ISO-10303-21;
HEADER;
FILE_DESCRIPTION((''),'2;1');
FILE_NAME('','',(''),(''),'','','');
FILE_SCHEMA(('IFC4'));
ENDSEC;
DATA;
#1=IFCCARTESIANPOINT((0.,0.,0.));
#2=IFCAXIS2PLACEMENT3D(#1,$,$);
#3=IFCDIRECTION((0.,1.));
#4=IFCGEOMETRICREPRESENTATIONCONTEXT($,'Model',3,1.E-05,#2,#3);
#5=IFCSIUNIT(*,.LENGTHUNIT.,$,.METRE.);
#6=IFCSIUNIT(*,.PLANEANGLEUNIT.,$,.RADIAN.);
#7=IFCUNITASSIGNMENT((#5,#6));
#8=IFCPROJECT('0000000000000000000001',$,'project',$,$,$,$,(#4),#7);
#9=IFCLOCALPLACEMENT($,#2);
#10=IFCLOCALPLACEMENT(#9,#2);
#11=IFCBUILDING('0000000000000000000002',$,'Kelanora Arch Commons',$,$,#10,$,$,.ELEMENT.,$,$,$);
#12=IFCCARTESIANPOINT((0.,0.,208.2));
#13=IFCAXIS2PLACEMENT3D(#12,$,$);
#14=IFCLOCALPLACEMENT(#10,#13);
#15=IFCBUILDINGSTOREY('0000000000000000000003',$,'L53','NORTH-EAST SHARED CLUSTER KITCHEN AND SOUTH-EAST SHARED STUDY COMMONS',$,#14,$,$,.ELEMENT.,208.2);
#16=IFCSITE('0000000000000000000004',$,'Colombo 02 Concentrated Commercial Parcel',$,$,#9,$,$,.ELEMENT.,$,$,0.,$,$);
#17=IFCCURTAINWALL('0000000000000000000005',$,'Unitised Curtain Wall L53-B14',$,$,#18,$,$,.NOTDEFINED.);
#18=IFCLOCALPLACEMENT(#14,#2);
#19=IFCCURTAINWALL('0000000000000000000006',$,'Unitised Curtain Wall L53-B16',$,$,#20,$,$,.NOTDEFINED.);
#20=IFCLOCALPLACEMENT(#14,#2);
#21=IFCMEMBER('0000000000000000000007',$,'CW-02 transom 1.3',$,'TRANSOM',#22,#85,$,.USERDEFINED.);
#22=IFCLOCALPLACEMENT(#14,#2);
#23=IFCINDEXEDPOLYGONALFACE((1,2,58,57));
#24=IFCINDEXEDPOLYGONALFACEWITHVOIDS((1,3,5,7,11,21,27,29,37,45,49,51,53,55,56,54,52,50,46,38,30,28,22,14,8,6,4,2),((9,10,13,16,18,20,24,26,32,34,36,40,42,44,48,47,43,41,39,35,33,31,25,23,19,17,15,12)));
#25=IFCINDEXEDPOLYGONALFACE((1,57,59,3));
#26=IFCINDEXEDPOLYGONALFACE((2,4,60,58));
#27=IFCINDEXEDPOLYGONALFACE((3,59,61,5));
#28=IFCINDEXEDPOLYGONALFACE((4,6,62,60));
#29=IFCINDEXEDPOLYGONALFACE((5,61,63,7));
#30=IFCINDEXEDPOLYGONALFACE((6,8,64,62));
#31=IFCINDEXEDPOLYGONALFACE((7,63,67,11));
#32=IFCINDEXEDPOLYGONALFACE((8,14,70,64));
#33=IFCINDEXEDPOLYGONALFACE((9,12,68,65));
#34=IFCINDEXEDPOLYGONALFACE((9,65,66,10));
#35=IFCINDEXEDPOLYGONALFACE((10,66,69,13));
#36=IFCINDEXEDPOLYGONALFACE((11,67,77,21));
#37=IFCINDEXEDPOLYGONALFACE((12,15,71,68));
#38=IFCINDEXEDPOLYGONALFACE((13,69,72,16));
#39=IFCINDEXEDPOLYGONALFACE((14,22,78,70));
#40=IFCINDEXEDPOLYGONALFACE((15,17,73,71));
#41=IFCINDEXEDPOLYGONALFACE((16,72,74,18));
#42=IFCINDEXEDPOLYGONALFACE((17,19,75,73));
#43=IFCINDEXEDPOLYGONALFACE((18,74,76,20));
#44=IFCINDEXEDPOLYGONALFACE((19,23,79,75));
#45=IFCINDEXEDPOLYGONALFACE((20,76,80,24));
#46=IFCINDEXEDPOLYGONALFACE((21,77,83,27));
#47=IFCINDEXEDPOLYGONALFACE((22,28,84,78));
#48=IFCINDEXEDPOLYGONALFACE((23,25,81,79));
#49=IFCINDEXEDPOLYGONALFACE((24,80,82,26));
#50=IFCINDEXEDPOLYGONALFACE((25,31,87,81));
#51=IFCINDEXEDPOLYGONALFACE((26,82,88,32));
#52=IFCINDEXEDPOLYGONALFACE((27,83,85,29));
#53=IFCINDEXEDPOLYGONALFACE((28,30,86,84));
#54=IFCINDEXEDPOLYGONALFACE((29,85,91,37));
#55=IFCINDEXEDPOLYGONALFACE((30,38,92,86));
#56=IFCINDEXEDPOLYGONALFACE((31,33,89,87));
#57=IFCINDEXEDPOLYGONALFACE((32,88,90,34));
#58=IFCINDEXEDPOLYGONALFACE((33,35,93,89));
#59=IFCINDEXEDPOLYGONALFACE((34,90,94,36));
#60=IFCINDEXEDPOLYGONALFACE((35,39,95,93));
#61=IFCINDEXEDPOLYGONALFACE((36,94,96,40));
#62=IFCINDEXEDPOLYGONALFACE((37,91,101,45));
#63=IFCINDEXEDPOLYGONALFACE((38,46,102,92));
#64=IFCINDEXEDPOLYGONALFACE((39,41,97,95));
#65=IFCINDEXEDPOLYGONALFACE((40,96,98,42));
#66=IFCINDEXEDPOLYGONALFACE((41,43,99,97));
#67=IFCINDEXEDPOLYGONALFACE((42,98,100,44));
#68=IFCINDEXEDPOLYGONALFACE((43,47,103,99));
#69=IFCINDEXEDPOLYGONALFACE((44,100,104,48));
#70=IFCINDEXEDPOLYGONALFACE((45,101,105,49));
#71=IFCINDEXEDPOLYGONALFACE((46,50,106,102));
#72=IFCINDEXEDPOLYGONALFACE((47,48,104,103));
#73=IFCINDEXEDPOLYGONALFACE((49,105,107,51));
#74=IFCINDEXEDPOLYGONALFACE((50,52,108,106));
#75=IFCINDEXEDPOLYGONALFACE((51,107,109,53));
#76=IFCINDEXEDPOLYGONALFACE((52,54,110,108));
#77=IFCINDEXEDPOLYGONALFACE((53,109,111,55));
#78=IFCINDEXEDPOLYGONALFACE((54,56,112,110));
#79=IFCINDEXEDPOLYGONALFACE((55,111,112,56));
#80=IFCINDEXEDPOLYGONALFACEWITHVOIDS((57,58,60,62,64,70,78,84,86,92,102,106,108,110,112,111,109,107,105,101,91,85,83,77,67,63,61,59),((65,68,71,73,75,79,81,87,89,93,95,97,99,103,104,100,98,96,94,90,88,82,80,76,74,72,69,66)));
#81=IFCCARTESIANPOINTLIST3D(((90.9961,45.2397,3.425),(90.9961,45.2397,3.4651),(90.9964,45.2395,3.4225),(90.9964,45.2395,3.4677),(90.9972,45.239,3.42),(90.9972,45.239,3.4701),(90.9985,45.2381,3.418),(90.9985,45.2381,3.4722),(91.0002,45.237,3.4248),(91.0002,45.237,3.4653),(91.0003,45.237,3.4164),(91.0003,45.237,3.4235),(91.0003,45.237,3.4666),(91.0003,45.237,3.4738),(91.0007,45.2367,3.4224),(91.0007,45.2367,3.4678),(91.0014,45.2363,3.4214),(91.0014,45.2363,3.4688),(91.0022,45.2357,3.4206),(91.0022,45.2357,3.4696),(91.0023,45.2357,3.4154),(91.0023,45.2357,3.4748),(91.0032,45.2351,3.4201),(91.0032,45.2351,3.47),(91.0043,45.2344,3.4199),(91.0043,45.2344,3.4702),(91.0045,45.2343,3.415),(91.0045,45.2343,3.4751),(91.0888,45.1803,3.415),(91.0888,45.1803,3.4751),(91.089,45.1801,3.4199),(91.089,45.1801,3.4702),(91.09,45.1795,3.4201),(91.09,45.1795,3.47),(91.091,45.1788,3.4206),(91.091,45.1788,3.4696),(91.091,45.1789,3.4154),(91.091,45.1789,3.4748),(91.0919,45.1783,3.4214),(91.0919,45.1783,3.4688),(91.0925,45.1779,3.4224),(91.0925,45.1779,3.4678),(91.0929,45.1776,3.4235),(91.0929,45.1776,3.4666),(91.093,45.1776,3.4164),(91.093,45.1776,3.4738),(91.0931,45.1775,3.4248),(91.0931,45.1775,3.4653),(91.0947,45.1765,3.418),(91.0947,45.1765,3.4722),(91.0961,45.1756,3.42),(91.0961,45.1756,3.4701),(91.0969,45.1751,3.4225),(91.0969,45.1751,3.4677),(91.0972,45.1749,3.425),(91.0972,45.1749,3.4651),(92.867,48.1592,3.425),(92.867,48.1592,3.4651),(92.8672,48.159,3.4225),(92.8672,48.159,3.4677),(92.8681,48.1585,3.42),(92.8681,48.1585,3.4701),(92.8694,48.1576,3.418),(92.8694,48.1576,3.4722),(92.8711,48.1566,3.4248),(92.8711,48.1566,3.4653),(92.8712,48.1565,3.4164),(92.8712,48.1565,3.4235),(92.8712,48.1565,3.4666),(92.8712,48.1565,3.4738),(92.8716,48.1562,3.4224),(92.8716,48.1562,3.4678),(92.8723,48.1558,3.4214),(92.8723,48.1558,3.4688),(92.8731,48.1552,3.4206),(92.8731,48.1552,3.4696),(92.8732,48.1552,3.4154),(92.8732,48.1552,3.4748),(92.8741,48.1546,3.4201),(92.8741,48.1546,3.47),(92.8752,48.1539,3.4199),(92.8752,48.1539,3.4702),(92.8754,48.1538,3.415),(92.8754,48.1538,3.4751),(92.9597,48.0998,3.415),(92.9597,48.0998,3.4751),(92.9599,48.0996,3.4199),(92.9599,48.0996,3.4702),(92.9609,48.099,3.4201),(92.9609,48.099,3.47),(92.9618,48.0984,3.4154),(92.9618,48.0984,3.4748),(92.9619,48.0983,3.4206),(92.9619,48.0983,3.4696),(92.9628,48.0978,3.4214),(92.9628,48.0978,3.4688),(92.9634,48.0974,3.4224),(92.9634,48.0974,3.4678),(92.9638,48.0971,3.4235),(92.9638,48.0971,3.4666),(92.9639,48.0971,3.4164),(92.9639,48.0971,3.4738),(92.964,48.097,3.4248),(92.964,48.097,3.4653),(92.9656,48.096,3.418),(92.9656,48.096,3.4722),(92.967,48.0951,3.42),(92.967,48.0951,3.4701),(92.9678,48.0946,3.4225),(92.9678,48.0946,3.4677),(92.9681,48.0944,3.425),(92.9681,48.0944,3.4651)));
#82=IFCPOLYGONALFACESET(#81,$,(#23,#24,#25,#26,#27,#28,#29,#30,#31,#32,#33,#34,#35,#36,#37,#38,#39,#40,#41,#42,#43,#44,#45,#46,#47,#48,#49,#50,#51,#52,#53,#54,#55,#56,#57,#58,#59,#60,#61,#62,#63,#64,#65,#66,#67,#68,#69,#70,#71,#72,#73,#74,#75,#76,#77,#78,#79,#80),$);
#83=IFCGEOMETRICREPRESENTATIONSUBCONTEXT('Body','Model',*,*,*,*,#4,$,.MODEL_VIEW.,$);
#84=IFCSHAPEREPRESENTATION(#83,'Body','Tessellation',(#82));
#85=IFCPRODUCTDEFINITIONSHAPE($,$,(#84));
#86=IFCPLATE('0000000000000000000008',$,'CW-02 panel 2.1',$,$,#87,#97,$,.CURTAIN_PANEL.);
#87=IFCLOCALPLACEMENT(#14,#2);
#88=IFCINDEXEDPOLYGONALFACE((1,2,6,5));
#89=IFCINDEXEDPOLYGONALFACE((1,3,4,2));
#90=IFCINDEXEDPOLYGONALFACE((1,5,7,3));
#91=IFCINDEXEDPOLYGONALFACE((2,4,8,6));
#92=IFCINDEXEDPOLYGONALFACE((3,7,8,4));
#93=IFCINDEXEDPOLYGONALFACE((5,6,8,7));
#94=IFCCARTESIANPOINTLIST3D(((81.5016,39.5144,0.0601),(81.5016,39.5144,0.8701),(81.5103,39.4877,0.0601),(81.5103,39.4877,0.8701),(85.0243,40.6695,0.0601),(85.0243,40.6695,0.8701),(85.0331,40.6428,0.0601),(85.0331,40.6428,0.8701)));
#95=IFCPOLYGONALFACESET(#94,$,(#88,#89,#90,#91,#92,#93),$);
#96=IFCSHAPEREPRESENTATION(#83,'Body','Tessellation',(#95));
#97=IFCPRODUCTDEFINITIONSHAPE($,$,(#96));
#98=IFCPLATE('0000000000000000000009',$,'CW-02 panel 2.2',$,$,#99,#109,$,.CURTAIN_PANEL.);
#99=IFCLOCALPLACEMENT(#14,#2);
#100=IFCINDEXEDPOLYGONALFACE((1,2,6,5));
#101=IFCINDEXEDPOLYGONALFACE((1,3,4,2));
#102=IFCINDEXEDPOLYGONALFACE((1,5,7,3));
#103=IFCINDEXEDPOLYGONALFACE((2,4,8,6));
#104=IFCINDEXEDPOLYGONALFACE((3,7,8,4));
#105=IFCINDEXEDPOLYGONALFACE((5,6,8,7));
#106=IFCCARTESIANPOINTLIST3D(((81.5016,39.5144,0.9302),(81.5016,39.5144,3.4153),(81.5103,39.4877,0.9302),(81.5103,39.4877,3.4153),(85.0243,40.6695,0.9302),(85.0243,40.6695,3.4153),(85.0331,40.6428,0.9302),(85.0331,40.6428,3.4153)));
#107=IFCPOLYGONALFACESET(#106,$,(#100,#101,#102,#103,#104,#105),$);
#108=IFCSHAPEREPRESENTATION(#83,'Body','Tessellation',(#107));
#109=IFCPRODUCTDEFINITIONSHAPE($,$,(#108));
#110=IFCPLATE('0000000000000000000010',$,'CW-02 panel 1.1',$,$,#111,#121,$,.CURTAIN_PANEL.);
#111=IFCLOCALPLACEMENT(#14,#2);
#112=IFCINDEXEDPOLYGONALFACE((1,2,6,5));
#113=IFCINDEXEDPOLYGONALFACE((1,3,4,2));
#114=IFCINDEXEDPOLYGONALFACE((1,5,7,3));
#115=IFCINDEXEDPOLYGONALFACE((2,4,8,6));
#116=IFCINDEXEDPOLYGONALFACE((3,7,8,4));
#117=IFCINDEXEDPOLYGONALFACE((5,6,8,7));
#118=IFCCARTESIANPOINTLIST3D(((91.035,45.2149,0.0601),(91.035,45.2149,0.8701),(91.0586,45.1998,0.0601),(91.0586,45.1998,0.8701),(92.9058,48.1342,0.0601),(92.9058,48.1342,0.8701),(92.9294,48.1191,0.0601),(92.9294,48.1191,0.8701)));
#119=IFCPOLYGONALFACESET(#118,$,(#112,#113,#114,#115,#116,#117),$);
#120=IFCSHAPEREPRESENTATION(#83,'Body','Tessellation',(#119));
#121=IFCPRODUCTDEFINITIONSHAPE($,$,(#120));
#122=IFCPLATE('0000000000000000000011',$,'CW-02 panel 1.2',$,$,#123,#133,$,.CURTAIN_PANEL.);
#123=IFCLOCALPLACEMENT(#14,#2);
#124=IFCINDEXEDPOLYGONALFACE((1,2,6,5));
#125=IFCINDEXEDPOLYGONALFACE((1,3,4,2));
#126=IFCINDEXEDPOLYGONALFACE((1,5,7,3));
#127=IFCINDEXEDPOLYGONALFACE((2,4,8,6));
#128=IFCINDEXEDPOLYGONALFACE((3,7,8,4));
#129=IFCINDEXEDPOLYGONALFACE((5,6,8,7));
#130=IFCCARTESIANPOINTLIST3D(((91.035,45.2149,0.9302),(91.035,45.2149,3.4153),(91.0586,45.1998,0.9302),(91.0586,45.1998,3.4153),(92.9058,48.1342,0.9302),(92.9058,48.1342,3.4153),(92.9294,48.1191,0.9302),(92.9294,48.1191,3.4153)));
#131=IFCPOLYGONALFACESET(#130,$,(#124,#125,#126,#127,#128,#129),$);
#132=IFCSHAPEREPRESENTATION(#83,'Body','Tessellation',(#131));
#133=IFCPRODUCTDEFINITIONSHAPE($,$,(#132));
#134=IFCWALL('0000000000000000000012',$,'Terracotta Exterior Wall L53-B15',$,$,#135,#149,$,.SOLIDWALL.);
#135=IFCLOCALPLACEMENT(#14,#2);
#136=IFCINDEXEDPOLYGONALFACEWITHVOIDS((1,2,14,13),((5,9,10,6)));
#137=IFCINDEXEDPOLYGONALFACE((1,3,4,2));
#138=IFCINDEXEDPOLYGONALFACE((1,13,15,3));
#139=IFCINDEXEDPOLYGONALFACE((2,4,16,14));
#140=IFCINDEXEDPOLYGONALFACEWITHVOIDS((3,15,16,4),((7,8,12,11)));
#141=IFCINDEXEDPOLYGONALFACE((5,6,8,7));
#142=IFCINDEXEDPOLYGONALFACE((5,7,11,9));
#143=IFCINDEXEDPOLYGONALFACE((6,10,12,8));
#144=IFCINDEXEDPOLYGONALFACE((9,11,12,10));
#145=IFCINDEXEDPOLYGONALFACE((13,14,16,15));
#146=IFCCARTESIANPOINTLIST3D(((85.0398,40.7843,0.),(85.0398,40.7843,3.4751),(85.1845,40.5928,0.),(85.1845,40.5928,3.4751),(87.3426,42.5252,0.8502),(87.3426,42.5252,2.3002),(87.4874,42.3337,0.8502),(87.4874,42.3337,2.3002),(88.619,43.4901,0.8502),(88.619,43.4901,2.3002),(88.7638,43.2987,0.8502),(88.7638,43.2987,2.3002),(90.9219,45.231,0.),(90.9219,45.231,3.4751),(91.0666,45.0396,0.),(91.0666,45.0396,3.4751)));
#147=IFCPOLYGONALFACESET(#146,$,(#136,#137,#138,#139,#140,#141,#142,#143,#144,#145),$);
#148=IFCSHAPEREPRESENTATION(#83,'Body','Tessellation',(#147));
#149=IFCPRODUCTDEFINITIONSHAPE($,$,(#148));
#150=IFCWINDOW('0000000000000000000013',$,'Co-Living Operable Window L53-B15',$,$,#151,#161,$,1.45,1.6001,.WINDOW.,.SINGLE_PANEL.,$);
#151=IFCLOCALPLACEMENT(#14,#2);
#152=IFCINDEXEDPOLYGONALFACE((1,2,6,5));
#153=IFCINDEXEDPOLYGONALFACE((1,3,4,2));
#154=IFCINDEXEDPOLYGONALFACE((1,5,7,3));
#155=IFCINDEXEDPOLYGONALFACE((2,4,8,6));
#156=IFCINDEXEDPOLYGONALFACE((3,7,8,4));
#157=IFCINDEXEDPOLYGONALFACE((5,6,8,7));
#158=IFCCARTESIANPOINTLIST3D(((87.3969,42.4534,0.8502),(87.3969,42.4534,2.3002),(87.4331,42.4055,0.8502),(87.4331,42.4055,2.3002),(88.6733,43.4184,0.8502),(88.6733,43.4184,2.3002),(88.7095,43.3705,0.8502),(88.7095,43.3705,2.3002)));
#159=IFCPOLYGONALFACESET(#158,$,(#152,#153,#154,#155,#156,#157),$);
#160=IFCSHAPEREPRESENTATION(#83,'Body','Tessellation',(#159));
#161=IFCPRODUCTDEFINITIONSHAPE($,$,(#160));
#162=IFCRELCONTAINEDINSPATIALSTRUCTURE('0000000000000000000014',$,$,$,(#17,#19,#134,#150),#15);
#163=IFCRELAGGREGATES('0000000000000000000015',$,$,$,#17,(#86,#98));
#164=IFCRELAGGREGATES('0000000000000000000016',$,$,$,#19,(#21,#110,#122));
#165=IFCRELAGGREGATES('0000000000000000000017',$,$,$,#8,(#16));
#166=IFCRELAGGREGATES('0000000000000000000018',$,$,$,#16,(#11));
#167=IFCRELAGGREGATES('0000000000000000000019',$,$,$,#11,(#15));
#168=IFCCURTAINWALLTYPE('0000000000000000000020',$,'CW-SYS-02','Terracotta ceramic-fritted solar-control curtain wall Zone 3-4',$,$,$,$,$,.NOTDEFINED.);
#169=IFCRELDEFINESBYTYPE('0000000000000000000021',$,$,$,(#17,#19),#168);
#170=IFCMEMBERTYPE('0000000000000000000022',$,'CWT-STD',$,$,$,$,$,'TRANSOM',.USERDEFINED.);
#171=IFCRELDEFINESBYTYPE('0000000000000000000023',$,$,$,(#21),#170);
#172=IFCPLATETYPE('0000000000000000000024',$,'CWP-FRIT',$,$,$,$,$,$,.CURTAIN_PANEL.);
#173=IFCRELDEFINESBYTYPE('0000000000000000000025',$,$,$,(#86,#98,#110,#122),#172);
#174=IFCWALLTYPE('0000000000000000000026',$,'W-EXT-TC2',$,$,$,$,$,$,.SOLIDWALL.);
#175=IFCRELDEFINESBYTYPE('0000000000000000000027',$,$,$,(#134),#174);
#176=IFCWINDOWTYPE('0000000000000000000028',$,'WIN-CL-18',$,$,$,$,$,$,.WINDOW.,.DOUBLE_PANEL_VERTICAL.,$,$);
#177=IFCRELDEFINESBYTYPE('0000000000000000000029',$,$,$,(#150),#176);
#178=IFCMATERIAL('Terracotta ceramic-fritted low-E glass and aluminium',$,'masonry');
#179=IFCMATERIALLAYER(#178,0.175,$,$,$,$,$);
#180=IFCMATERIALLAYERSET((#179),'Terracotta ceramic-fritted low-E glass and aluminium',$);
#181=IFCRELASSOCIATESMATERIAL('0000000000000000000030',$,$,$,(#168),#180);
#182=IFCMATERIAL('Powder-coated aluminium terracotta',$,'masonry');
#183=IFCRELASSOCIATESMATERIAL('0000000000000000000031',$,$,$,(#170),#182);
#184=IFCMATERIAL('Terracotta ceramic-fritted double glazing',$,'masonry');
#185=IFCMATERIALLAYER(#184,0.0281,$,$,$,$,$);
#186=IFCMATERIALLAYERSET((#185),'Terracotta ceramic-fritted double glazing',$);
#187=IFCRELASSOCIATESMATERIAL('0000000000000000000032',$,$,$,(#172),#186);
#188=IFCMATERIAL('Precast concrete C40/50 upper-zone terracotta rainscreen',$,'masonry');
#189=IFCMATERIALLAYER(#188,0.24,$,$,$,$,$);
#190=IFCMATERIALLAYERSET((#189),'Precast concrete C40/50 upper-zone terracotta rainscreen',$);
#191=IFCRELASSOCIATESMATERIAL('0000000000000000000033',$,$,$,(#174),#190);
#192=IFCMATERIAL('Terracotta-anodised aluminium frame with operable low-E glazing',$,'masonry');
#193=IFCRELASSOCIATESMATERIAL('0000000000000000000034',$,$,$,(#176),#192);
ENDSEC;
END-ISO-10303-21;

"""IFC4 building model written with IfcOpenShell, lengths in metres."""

from ifc_helpers import new_model, si_unit, direction, frame, frame_2d, origin, origin_2d, place, context, subcontext, project, spatial, rectangle, hollow_rectangle, extrude, source, transform, mapped, material, layer, layer_set, material_profile, profile_set, type_object, element, fill, aggregate, save


model = new_model("IFC4")

# Units and contexts
model_context = context("Model", 3, precision=1e-05, world=origin(), true_north=direction((0.0, 1.0)))
body_context = subcontext(model_context, "Body", "Model", "MODEL_VIEW")
ifc_project = project(units=[si_unit("LENGTHUNIT", "METRE"), si_unit("PLANEANGLEUNIT", "RADIAN")], contexts=[model_context])

# Site, building, storey
site_placement = place(None, origin())
site = spatial("IfcSite", under=ifc_project, at=site_placement, Name="Colombo 02 Concentrated Commercial Parcel", CompositionType="ELEMENT", RefElevation=0.0)
building_placement = place(site_placement, origin())
building = spatial("IfcBuilding", under=site, at=building_placement, Name="Kelanora Arch Commons", CompositionType="ELEMENT")
storey_placement = place(building_placement, frame((0.0, 0.0, 208.2)))
storey = spatial("IfcBuildingStorey", under=building, at=storey_placement, Name="L53", Description="NORTH-EAST SHARED CLUSTER KITCHEN AND SOUTH-EAST SHARED STUDY COMMONS", CompositionType="ELEMENT", Elevation=208.2)

# Curtain wall
ifc_material_1 = material(Name="Terracotta ceramic-fritted low-E glass and aluminium", Category="masonry")
ifc_layer_1 = layer(ifc_material_1, 0.175)
ifc_layer_set_1 = layer_set([ifc_layer_1], Name="Terracotta ceramic-fritted low-E glass and aluminium")
curtain_wall_type = type_object("IfcCurtainWallType", Name="CW-SYS-02", Description="Terracotta ceramic-fritted solar-control curtain wall Zone 3-4", PredefinedType="NOTDEFINED", material=ifc_layer_set_1)
curtain_wall_1_placement = place(storey_placement, origin())
curtain_wall_1 = element("IfcCurtainWall", 1, at=curtain_wall_1_placement, inside=storey, type_object=curtain_wall_type, Name="Unitised Curtain Wall L53-B14", PredefinedType="NOTDEFINED")
ifc_material_2 = material(Name="Powder-coated aluminium terracotta", Category="masonry")

# Curtain wall, member
curtain_wall_2_placement = place(storey_placement, origin())
curtain_wall_2 = element("IfcCurtainWall", 2, at=curtain_wall_2_placement, inside=storey, type_object=curtain_wall_type, Name="Unitised Curtain Wall L53-B16", PredefinedType="NOTDEFINED")
ifc_material_profile_1 = material_profile(ifc_material_2, hollow_rectangle(XDim=0.1201, YDim=0.0601, WallThickness=0.0049, InnerFilletRadius=0.0049, OuterFilletRadius=0.01, at=origin_2d()), Name="CWT120x60")
ifc_profile_set_1 = profile_set([ifc_material_profile_1], Name="Powder-coated aluminium terracotta")
member_type_1 = type_object("IfcMemberType", Name="CWT-STD", ElementType="TRANSOM", PredefinedType="USERDEFINED", material=ifc_profile_set_1)
member_1_placement = place(storey_placement, frame((91.0466, 45.2073, 3.4451), z_axis=(0.539547, 0.841955, 0.0), x_axis=(-0.841955, 0.539547, 0.0)))
member_1 = element("IfcMember", 3, at=member_1_placement, type_object=member_type_1, Name="CW-02 transom 1.3", ObjectType="TRANSOM", PredefinedType="USERDEFINED", context=body_context, shape_type="SweptSolid", body=[
    extrude(hollow_rectangle(XDim=0.1201, YDim=0.0601, WallThickness=0.0049, InnerFilletRadius=0.0049, OuterFilletRadius=0.01, at=origin_2d()), origin(), (0.0, 0.0, 1.0), 3.4675),
])

# Plates
ifc_material_3 = material(Name="Terracotta ceramic-fritted double glazing", Category="masonry")
ifc_layer_2 = layer(ifc_material_3, 0.0281)
ifc_layer_set_2 = layer_set([ifc_layer_2], Name="Terracotta ceramic-fritted double glazing")
plate_type = type_object("IfcPlateType", Name="CWP-FRIT", PredefinedType="CURTAIN_PANEL", material=ifc_layer_set_2)
shared_shape_1 = source(origin(), body_context, "Body", "SweptSolid", [
    extrude(rectangle(XDim=3.7073, YDim=0.0281, at=origin_2d()), origin(), (0.0, 0.0, 1.0), 0.8101),
])
plate_1_placement = place(storey_placement, frame((83.2673, 40.0786, 0.0601), z_axis=(0.0, 0.0, 1.0), x_axis=(0.950219, 0.311582, 0.0)))
plate_1 = element("IfcPlate", 4, at=plate_1_placement, type_object=plate_type, Name="CW-02 panel 2.1", PredefinedType="CURTAIN_PANEL", context=body_context, shape_type="MappedRepresentation", body=[
    mapped(shared_shape_1, transform((0.0, 0.0, 0.0), scale=1.0)),
])
shared_shape_2 = source(origin(), body_context, "Body", "SweptSolid", [
    extrude(rectangle(XDim=3.7073, YDim=0.0281, at=origin_2d()), origin(), (0.0, 0.0, 1.0), 2.4851),
])
plate_2_placement = place(storey_placement, frame((83.2673, 40.0786, 0.9302), z_axis=(0.0, 0.0, 1.0), x_axis=(0.950219, 0.311582, 0.0)))
plate_2 = element("IfcPlate", 5, at=plate_2_placement, type_object=plate_type, Name="CW-02 panel 2.2", PredefinedType="CURTAIN_PANEL", context=body_context, shape_type="MappedRepresentation", body=[
    mapped(shared_shape_2, transform((0.0, 0.0, 0.0), scale=1.0)),
])
aggregate(curtain_wall_1, [plate_1, plate_2])
shared_shape_3 = source(origin(), body_context, "Body", "SweptSolid", [
    extrude(rectangle(XDim=3.4673, YDim=0.0281, at=origin_2d()), origin(), (0.0, 0.0, 1.0), 0.8101),
])
plate_3_placement = place(storey_placement, frame((91.9822, 46.667, 0.0601), z_axis=(0.0, 0.0, 1.0), x_axis=(0.539559, 0.841948, 0.0)))
plate_3 = element("IfcPlate", 6, at=plate_3_placement, type_object=plate_type, Name="CW-02 panel 1.1", PredefinedType="CURTAIN_PANEL", context=body_context, shape_type="MappedRepresentation", body=[
    mapped(shared_shape_3, transform((0.0, 0.0, 0.0), scale=1.0)),
])
shared_shape_4 = source(origin(), body_context, "Body", "SweptSolid", [
    extrude(rectangle(XDim=3.4673, YDim=0.0281, at=origin_2d()), origin(), (0.0, 0.0, 1.0), 2.4851),
])
plate_4_placement = place(storey_placement, frame((91.9822, 46.667, 0.9302), z_axis=(0.0, 0.0, 1.0), x_axis=(0.539559, 0.841948, 0.0)))
plate_4 = element("IfcPlate", 7, at=plate_4_placement, type_object=plate_type, Name="CW-02 panel 1.2", PredefinedType="CURTAIN_PANEL", context=body_context, shape_type="MappedRepresentation", body=[
    mapped(shared_shape_4, transform((0.0, 0.0, 0.0), scale=1.0)),
])
aggregate(curtain_wall_2, [member_1, plate_3, plate_4])

# Wall, opening, window
ifc_material_4 = material(Name="Precast concrete C40/50 upper-zone terracotta rainscreen", Category="masonry")
ifc_layer_3 = layer(ifc_material_4, 0.24)
ifc_layer_set_3 = layer_set([ifc_layer_3], Name="Precast concrete C40/50 upper-zone terracotta rainscreen")
wall_type = type_object("IfcWallType", Name="W-EXT-TC2", PredefinedType="SOLIDWALL", material=ifc_layer_set_3)
wall_placement = place(storey_placement, frame((85.1121, 40.6885, 0.0), z_axis=(0.0, 0.0, 1.0), x_axis=(0.797702, 0.603052, 0.0)))
wall = element("IfcWall", 8, at=wall_placement, inside=storey, type_object=wall_type, Name="Terracotta Exterior Wall L53-B15", PredefinedType="SOLIDWALL", context=body_context, shape_type="SweptSolid", body=[
    extrude(rectangle(XDim=7.3738, YDim=0.24, at=frame_2d((3.687, 0.0))), origin(), (0.0, 0.0, 1.0), 3.4751),
])
opening_placement = place(wall_placement, frame((2.887, 0.0, 0.8501)))
opening = element("IfcOpeningElement", 9, at=opening_placement, cuts=wall, PredefinedType="OPENING", context=body_context, shape_type="SweptSolid", body=[
    extrude(rectangle(XDim=1.6001, YDim=1.45, at=frame_2d((0.8, 0.7251))), frame((0.0, 0.1299, 0.0), z_axis=(0.0, -1.0, 0.0), x_axis=(1.0, 0.0, 0.0)), (0.0, 0.0, 1.0), 0.26),
])
ifc_material_5 = material(Name="Terracotta-anodised aluminium frame with operable low-E glazing", Category="masonry")
window_type = type_object("IfcWindowType", Name="WIN-CL-18", PartitioningType="DOUBLE_PANEL_VERTICAL", PredefinedType="WINDOW", material=ifc_material_5)
window_placement = place(opening_placement, origin())
window = element("IfcWindow", 10, at=window_placement, inside=storey, type_object=window_type, Name="Co-Living Operable Window L53-B15", OverallHeight=1.45, OverallWidth=1.6001, PartitioningType="SINGLE_PANEL", PredefinedType="WINDOW", context=body_context, shape_type="SweptSolid", body=[
    extrude(rectangle(XDim=1.6001, YDim=1.45, at=frame_2d((0.8, 0.7251))), frame((0.0, 0.03, 0.0), z_axis=(0.0, -1.0, 0.0), x_axis=(1.0, 0.0, 0.0)), (0.0, 0.0, 1.0), 0.0601),
])
fill(opening, window)

save(model, "model.ifc")
